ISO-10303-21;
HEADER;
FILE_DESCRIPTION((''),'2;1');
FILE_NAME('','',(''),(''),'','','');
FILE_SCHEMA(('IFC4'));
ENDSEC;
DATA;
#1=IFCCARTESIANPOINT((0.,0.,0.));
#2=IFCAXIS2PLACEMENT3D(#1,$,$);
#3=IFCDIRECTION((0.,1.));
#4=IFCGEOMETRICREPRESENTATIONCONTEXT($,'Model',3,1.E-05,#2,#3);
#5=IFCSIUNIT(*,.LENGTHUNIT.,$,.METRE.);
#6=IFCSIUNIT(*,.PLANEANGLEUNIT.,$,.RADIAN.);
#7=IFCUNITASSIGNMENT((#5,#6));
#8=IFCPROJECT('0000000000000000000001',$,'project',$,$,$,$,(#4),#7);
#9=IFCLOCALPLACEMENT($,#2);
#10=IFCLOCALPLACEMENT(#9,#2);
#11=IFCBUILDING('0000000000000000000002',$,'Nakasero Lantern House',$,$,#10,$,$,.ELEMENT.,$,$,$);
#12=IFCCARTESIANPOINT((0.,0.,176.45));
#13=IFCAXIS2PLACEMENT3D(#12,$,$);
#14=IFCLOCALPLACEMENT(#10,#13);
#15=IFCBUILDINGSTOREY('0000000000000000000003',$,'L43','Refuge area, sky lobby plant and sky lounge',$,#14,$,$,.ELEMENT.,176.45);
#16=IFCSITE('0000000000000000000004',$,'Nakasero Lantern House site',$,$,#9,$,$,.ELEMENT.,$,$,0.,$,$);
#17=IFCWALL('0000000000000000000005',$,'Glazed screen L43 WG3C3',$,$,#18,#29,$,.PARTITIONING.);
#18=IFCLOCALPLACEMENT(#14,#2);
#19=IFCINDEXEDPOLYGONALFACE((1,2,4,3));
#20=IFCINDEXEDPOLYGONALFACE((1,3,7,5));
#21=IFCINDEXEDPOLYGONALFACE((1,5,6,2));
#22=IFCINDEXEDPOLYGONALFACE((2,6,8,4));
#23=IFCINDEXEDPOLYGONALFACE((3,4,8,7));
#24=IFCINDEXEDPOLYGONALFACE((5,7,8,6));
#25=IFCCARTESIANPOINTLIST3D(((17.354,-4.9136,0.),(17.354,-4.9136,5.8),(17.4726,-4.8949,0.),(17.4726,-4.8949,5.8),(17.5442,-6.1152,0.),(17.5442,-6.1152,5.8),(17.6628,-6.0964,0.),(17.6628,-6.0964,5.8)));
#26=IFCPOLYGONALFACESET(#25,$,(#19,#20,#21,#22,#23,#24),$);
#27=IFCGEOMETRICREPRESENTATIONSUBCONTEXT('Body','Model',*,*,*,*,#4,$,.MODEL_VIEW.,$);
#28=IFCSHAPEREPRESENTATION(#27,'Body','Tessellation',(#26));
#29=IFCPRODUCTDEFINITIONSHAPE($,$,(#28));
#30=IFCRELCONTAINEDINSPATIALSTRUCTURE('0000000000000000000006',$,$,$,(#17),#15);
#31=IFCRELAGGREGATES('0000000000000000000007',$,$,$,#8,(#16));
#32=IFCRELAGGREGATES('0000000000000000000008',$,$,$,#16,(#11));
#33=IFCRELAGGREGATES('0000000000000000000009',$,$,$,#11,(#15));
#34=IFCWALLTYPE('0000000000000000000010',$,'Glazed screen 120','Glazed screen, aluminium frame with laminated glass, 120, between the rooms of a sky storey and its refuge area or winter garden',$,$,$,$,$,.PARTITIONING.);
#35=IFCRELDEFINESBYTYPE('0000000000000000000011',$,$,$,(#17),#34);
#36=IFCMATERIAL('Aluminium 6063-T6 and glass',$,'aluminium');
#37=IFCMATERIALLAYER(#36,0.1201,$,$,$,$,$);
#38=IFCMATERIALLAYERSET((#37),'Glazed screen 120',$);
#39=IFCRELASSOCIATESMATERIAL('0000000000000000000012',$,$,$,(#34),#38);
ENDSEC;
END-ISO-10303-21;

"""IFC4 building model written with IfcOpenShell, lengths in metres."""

from ifc_helpers import new_model, si_unit, direction, frame, frame_2d, origin, place, context, subcontext, project, spatial, rectangle, extrude, material, layer, layer_set, type_object, element, save


model = new_model("IFC4")

# Units and contexts
model_context = context("Model", 3, precision=1e-05, world=origin(), true_north=direction((0.0, 1.0)))
body_context = subcontext(model_context, "Body", "Model", "MODEL_VIEW")
ifc_project = project(units=[si_unit("LENGTHUNIT", "METRE"), si_unit("PLANEANGLEUNIT", "RADIAN")], contexts=[model_context])

# Site, building, storey
site_placement = place(None, origin())
site = spatial("IfcSite", under=ifc_project, at=site_placement, Name="Nakasero Lantern House site", CompositionType="ELEMENT", RefElevation=0.0)
building_placement = place(site_placement, origin())
building = spatial("IfcBuilding", under=site, at=building_placement, Name="Nakasero Lantern House", CompositionType="ELEMENT")
storey_placement = place(building_placement, frame((0.0, 0.0, 176.45)))
storey = spatial("IfcBuildingStorey", under=building, at=storey_placement, Name="L43", Description="Refuge area, sky lobby plant and sky lounge", CompositionType="ELEMENT", Elevation=176.45)

# Shared definitions
ifc_material_1 = material(Name="Aluminium 6063-T6 and glass", Category="aluminium")
ifc_layer_1 = layer(ifc_material_1, 0.1201)
ifc_layer_set_1 = layer_set([ifc_layer_1], Name="Glazed screen 120")
wall_type_1 = type_object("IfcWallType", Name="Glazed screen 120", Description="Glazed screen, aluminium frame with laminated glass, 120, between the rooms of a sky storey and its refuge area or winter garden", PredefinedType="PARTITIONING", material=ifc_layer_set_1)

# Wall
wall_1_placement = place(storey_placement, frame((17.6035, -6.106, 0.0), z_axis=(0.0, 0.0, 1.0), x_axis=(-0.156323, 0.987706, 0.0)))
element("IfcWall", 1, at=wall_1_placement, inside=storey, type_object=wall_type_1, Name="Glazed screen L43 WG3C3", PredefinedType="PARTITIONING", context=body_context, shape_type="SweptSolid", body=[
    extrude(rectangle(XDim=1.2166, YDim=0.1201, at=frame_2d((0.6084, 0.0))), origin(), (0.0, 0.0, 1.0), 5.8),
])

save(model, "model.ifc")
